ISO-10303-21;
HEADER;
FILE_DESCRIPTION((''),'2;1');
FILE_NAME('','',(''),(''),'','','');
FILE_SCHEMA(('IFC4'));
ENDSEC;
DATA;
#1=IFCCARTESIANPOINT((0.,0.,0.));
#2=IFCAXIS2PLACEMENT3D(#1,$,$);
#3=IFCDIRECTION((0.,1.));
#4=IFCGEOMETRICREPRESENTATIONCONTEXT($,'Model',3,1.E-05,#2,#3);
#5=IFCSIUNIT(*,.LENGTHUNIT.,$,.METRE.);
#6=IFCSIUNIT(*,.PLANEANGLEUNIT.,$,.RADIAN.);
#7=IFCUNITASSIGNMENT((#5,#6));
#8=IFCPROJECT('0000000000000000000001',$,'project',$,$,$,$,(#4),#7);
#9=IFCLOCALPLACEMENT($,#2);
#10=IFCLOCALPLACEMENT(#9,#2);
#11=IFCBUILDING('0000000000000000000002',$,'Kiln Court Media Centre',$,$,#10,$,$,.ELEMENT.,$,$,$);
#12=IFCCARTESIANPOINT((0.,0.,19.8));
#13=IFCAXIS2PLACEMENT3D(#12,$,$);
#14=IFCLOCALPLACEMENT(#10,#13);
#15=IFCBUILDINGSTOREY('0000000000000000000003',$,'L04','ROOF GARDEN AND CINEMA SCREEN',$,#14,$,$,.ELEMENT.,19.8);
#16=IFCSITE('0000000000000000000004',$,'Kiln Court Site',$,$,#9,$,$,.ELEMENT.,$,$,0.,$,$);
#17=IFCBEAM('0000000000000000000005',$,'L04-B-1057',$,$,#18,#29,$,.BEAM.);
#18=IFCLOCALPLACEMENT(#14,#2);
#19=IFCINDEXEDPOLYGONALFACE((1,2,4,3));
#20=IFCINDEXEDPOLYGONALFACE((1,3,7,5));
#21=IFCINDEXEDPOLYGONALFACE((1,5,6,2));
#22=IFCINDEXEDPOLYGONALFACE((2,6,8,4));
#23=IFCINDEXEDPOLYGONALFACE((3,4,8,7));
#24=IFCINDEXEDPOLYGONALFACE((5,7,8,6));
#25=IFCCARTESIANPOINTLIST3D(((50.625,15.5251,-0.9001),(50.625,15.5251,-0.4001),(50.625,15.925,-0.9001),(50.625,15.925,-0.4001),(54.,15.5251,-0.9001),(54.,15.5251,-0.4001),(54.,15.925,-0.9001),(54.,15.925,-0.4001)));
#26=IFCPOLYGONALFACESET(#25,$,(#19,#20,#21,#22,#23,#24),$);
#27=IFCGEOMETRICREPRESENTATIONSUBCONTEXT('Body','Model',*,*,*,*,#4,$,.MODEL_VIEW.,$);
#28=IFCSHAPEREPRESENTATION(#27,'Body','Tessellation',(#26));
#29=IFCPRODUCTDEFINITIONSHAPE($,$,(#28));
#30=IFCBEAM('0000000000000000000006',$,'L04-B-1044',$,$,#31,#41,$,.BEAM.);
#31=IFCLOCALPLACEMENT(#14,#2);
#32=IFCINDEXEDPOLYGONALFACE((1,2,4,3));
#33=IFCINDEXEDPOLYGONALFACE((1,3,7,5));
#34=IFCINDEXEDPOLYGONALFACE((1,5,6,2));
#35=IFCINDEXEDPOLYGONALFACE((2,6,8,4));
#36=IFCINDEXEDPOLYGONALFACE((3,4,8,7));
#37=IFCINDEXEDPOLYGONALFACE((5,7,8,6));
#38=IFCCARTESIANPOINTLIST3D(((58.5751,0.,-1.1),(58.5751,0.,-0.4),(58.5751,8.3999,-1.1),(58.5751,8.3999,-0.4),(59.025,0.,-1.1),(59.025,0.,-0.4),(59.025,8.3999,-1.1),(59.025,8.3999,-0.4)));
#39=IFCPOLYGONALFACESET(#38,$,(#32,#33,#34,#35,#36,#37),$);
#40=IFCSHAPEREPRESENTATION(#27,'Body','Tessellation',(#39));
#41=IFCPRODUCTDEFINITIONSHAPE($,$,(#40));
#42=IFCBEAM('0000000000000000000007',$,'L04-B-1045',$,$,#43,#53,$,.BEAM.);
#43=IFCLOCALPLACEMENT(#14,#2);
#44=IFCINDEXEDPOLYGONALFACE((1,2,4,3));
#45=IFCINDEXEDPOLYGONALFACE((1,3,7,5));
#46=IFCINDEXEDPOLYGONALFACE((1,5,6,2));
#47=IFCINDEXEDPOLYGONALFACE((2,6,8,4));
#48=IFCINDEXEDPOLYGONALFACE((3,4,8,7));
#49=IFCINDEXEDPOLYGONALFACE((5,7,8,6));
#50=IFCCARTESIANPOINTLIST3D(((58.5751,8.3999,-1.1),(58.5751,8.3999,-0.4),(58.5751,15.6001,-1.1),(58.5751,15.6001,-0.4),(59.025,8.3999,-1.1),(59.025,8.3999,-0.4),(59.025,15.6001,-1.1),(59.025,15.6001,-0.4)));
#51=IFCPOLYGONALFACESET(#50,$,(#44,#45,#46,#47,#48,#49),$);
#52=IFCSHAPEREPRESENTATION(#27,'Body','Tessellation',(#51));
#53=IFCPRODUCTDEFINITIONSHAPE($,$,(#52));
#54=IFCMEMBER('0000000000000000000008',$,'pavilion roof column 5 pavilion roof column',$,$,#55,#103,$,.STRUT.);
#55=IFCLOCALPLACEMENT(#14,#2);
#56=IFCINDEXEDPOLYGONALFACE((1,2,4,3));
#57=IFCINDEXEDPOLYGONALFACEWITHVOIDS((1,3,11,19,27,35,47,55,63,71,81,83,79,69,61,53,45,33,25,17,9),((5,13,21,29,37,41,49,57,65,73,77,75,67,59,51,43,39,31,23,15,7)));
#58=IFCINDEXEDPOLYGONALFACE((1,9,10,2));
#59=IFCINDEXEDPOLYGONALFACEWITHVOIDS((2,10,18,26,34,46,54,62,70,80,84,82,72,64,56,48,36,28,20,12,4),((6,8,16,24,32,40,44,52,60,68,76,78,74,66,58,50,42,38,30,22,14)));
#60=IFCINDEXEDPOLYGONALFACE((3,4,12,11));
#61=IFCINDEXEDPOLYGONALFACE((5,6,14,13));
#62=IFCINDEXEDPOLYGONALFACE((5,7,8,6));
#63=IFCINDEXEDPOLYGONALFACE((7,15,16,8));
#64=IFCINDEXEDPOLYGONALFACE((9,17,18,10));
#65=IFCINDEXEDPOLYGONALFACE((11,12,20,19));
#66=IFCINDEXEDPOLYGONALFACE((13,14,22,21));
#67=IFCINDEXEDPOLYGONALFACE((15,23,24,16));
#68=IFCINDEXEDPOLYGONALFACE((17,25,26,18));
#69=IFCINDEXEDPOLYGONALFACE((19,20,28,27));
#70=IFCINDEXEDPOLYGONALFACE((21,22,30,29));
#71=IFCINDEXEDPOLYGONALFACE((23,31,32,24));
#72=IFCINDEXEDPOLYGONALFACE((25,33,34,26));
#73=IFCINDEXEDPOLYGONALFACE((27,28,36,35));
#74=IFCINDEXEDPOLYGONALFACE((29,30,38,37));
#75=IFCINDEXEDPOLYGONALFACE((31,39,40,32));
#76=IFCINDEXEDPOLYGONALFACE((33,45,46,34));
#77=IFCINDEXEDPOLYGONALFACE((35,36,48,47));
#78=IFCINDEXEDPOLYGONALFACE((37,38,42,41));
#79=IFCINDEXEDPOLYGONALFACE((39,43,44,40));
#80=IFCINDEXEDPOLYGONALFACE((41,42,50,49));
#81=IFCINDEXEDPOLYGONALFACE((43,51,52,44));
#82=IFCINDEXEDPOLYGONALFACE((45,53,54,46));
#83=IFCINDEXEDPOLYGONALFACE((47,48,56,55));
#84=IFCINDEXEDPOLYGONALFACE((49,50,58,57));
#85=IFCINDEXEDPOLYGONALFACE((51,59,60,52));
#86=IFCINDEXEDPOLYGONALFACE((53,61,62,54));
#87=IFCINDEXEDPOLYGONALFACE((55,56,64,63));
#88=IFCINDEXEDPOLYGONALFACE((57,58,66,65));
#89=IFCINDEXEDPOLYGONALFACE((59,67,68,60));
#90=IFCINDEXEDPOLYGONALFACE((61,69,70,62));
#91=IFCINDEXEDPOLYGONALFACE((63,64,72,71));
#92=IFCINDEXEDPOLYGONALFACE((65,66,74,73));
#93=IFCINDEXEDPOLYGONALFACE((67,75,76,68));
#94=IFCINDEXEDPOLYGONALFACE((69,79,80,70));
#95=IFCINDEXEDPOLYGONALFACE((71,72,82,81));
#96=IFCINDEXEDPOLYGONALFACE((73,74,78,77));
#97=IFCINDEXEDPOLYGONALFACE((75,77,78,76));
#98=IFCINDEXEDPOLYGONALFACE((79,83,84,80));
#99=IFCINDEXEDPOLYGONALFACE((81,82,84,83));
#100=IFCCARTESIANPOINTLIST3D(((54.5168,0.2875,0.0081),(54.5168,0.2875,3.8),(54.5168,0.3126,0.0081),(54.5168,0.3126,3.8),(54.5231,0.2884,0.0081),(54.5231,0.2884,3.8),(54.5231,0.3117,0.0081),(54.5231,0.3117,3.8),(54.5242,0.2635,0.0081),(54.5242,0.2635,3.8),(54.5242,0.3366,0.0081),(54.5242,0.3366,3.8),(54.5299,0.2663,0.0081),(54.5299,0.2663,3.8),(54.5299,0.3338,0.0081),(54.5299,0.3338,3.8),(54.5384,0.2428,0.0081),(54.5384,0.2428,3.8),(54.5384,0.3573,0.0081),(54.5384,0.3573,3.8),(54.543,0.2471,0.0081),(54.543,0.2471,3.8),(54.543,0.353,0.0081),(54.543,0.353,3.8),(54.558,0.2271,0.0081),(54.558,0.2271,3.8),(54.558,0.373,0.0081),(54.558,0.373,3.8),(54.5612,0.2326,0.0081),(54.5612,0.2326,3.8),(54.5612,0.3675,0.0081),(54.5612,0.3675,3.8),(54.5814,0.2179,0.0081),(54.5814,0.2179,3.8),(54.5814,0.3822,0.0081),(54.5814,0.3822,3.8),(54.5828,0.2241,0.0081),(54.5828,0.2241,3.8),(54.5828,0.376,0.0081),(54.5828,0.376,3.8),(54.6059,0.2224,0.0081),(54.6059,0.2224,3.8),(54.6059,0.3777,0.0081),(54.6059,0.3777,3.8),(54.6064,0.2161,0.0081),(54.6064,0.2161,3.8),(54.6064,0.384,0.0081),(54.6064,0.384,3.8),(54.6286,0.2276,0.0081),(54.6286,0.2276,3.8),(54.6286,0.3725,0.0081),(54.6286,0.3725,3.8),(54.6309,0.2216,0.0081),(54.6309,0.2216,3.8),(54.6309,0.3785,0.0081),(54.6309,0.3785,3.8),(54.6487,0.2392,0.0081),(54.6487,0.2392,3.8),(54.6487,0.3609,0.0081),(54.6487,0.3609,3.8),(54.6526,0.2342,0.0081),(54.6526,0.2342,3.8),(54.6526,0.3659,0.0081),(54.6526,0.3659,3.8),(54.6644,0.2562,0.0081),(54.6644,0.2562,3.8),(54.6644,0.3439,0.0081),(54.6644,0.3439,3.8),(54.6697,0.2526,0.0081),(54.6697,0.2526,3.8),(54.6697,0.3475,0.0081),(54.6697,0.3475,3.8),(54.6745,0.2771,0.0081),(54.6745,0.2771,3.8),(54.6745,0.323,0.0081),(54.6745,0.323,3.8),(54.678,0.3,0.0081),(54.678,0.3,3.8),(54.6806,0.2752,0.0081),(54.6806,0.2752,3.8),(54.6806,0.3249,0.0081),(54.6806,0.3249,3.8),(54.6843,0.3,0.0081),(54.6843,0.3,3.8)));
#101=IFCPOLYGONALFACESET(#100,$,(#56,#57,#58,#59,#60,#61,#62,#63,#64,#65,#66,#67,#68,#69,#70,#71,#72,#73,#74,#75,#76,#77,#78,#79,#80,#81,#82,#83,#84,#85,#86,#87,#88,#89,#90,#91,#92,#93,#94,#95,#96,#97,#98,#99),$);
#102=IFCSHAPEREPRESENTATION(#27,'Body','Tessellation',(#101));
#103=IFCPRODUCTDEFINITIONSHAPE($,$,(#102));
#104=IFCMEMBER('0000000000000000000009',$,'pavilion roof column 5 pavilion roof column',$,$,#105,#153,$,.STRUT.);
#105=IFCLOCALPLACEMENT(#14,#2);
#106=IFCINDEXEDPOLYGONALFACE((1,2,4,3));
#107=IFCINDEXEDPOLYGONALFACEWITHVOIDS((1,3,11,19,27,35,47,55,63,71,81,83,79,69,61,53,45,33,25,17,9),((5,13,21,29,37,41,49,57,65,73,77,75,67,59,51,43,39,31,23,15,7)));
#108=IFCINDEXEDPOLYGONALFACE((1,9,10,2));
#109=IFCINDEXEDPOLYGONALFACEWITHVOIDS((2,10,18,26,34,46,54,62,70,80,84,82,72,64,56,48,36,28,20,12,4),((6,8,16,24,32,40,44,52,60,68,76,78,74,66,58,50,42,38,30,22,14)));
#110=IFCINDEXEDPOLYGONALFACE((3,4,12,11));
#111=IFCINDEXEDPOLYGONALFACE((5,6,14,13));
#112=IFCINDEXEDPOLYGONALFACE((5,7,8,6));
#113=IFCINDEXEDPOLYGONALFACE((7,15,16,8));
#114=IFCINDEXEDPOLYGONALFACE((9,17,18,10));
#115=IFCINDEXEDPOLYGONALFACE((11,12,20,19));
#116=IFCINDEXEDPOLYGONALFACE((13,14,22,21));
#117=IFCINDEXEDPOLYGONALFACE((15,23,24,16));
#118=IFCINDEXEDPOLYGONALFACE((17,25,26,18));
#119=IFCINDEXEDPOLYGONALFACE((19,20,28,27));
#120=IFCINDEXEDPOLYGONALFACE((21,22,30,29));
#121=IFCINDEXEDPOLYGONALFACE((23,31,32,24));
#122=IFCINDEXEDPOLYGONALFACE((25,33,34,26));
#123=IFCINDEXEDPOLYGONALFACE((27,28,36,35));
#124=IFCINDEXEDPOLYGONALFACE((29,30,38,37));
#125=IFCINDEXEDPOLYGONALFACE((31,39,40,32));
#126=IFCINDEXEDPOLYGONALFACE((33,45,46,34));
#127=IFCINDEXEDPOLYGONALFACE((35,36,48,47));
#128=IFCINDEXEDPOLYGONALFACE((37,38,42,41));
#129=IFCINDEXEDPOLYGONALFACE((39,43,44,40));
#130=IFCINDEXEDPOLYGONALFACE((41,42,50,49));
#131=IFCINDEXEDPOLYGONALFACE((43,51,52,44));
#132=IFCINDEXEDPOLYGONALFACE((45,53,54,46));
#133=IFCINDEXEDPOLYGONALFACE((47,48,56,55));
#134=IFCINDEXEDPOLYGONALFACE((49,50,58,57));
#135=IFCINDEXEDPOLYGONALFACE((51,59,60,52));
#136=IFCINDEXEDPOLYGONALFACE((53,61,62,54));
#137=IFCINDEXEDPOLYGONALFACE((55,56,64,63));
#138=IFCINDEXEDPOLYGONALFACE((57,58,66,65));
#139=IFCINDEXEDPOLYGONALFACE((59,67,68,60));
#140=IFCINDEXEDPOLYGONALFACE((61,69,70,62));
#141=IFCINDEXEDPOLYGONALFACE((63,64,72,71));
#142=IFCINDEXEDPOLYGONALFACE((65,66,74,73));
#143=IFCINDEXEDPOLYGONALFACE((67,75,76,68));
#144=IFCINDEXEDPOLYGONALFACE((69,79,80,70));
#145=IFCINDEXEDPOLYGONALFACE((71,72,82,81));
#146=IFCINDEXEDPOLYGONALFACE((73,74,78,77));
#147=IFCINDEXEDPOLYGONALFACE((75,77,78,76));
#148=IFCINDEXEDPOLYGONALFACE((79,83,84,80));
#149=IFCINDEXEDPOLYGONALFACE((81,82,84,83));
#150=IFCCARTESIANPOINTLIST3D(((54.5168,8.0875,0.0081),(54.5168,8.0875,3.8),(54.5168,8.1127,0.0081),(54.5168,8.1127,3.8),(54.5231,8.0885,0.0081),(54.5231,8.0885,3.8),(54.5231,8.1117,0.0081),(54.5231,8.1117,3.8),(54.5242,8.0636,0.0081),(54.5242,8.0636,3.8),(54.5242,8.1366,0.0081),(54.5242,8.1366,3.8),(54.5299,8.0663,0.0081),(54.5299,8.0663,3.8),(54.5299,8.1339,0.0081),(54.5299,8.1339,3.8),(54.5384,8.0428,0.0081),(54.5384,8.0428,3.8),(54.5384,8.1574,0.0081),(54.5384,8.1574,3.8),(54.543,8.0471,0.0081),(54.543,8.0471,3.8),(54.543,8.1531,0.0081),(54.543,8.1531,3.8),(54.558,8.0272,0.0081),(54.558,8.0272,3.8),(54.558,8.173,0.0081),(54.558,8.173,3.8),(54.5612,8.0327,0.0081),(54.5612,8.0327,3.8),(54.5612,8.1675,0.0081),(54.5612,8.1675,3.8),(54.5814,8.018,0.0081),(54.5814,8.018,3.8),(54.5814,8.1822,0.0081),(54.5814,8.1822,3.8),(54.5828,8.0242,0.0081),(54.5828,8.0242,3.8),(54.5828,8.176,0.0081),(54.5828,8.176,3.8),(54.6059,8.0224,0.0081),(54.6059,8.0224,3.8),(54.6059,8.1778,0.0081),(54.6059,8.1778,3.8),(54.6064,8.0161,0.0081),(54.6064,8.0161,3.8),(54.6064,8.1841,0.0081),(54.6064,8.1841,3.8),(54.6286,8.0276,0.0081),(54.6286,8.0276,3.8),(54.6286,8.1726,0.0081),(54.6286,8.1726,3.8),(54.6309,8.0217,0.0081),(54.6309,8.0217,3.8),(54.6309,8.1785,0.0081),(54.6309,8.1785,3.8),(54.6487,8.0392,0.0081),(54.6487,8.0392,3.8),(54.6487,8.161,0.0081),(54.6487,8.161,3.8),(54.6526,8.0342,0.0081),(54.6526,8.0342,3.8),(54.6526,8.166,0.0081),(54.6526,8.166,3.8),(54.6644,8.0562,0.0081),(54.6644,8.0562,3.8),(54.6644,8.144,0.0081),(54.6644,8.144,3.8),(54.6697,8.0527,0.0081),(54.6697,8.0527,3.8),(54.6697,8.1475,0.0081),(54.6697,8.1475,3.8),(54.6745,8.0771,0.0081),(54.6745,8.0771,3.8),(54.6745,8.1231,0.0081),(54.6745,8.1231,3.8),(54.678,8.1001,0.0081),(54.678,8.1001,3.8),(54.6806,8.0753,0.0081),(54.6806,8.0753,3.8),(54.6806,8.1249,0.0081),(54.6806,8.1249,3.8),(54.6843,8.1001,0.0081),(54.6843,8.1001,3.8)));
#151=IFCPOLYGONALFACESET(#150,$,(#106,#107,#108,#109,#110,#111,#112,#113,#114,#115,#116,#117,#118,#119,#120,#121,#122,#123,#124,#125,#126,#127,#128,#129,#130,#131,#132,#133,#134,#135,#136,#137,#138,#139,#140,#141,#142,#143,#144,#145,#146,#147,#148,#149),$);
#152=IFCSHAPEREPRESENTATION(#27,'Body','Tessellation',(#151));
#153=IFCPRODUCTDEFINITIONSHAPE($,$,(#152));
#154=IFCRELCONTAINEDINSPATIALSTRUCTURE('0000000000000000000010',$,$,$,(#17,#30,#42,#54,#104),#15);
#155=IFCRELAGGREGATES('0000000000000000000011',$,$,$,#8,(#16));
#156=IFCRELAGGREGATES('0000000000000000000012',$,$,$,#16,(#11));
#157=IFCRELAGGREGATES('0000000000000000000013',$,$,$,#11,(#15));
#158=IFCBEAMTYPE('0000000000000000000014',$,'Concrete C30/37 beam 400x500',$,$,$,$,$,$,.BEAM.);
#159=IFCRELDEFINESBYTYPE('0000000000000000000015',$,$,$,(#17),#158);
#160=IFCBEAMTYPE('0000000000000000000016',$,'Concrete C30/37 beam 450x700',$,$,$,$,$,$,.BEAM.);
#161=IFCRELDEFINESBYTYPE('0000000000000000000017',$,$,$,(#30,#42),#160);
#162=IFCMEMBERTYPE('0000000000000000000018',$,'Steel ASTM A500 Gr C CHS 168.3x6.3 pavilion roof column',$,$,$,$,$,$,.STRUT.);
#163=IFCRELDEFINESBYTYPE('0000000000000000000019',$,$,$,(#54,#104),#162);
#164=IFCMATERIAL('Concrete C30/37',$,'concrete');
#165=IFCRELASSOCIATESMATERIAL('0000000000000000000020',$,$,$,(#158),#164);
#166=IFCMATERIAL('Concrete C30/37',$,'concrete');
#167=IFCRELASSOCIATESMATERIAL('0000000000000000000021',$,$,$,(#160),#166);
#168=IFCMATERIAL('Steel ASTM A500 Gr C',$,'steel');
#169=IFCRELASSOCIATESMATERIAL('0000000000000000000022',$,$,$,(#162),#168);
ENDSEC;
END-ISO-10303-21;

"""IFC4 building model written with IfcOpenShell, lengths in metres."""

from ifc_helpers import new_model, si_unit, direction, frame, origin, origin_2d, place, context, subcontext, project, spatial, rectangle, hollow_circle, extrude, material, material_profile, profile_set, type_object, element, save


model = new_model("IFC4")

# Units and contexts
model_context = context("Model", 3, precision=1e-05, world=origin(), true_north=direction((0.0, 1.0)))
body_context = subcontext(model_context, "Body", "Model", "MODEL_VIEW")
ifc_project = project(units=[si_unit("LENGTHUNIT", "METRE"), si_unit("PLANEANGLEUNIT", "RADIAN")], contexts=[model_context])

# Site, building, storey
site_placement = place(None, origin())
site = spatial("IfcSite", under=ifc_project, at=site_placement, Name="Kiln Court Site", CompositionType="ELEMENT", RefElevation=0.0)
building_placement = place(site_placement, origin())
building = spatial("IfcBuilding", under=site, at=building_placement, Name="Kiln Court Media Centre", CompositionType="ELEMENT")
storey_placement = place(building_placement, frame((0.0, 0.0, 19.8)))
storey = spatial("IfcBuildingStorey", under=building, at=storey_placement, Name="L04", Description="ROOF GARDEN AND CINEMA SCREEN", CompositionType="ELEMENT", Elevation=19.8)

# Beams
ifc_material_1 = material(Name="Concrete C30/37", Category="concrete")
ifc_material_profile_1 = material_profile(ifc_material_1, rectangle(XDim=0.3999, YDim=0.5, at=origin_2d()), Name="RC 400x500")
ifc_profile_set_1 = profile_set([ifc_material_profile_1], Name="Concrete C30/37")
beam_type_1 = type_object("IfcBeamType", Name="Concrete C30/37 beam 400x500", PredefinedType="BEAM", material=ifc_profile_set_1)
beam_1_placement = place(storey_placement, frame((54.0, 15.7251, -0.6501), z_axis=(-1.0, 0.0, 0.0), x_axis=(0.0, -1.0, 0.0)))
element("IfcBeam", 1, at=beam_1_placement, inside=storey, type_object=beam_type_1, Name="L04-B-1057", PredefinedType="BEAM", context=body_context, shape_type="SweptSolid", body=[
    extrude(rectangle(XDim=0.3999, YDim=0.5, at=origin_2d()), origin(), (0.0, 0.0, 1.0), 3.375),
])
ifc_material_2 = material(Name="Concrete C30/37", Category="concrete")
ifc_material_profile_2 = material_profile(ifc_material_2, rectangle(XDim=0.45, YDim=0.7, at=origin_2d()), Name="RC 450x700")
ifc_profile_set_2 = profile_set([ifc_material_profile_2], Name="Concrete C30/37")
beam_type_2 = type_object("IfcBeamType", Name="Concrete C30/37 beam 450x700", PredefinedType="BEAM", material=ifc_profile_set_2)
beam_2_placement = place(storey_placement, frame((58.8, 0.0, -0.75), z_axis=(0.0, 1.0, 0.0), x_axis=(-1.0, 0.0, 0.0)))
element("IfcBeam", 2, at=beam_2_placement, inside=storey, type_object=beam_type_2, Name="L04-B-1044", PredefinedType="BEAM", context=body_context, shape_type="SweptSolid", body=[
    extrude(rectangle(XDim=0.45, YDim=0.7, at=origin_2d()), origin(), (0.0, 0.0, 1.0), 8.3999),
])
beam_3_placement = place(storey_placement, frame((58.8, 8.3999, -0.75), z_axis=(0.0, 1.0, 0.0), x_axis=(-1.0, 0.0, 0.0)))
element("IfcBeam", 3, at=beam_3_placement, inside=storey, type_object=beam_type_2, Name="L04-B-1045", PredefinedType="BEAM", context=body_context, shape_type="SweptSolid", body=[
    extrude(rectangle(XDim=0.45, YDim=0.7, at=origin_2d()), origin(), (0.0, 0.0, 1.0), 7.2002),
])

# Members
ifc_material_3 = material(Name="Steel ASTM A500 Gr C", Category="steel")
ifc_material_profile_3 = material_profile(ifc_material_3, hollow_circle(Radius=0.0842, WallThickness=0.0063, at=origin_2d()), Name="CHS 168.3x6.3")
ifc_profile_set_3 = profile_set([ifc_material_profile_3], Name="Steel ASTM A500 Gr C")
member_type = type_object("IfcMemberType", Name="Steel ASTM A500 Gr C CHS 168.3x6.3 pavilion roof column", PredefinedType="STRUT", material=ifc_profile_set_3)
for number, where, z_axis, x_axis, name in (
    (4, (54.6001, 0.3, 0.0081), (0.0, 0.0, 1.0), (1.0, 0.0, 0.0), "pavilion roof column 5 pavilion roof column"),
    (5, (54.6001, 8.1001, 0.0081), (0.0, 0.0, 1.0), (1.0, 0.0, 0.0), "pavilion roof column 5 pavilion roof column"),
):
    element("IfcMember", number, at=place(storey_placement, frame(where, z_axis=z_axis, x_axis=x_axis)), inside=storey, type_object=member_type, Name=name, PredefinedType="STRUT", context=body_context, shape_type="SweptSolid", body=[
        extrude(hollow_circle(Radius=0.0842, WallThickness=0.0063, at=origin_2d()), origin(), (0.0, 0.0, 1.0), 3.792),
    ])

save(model, "model.ifc")
